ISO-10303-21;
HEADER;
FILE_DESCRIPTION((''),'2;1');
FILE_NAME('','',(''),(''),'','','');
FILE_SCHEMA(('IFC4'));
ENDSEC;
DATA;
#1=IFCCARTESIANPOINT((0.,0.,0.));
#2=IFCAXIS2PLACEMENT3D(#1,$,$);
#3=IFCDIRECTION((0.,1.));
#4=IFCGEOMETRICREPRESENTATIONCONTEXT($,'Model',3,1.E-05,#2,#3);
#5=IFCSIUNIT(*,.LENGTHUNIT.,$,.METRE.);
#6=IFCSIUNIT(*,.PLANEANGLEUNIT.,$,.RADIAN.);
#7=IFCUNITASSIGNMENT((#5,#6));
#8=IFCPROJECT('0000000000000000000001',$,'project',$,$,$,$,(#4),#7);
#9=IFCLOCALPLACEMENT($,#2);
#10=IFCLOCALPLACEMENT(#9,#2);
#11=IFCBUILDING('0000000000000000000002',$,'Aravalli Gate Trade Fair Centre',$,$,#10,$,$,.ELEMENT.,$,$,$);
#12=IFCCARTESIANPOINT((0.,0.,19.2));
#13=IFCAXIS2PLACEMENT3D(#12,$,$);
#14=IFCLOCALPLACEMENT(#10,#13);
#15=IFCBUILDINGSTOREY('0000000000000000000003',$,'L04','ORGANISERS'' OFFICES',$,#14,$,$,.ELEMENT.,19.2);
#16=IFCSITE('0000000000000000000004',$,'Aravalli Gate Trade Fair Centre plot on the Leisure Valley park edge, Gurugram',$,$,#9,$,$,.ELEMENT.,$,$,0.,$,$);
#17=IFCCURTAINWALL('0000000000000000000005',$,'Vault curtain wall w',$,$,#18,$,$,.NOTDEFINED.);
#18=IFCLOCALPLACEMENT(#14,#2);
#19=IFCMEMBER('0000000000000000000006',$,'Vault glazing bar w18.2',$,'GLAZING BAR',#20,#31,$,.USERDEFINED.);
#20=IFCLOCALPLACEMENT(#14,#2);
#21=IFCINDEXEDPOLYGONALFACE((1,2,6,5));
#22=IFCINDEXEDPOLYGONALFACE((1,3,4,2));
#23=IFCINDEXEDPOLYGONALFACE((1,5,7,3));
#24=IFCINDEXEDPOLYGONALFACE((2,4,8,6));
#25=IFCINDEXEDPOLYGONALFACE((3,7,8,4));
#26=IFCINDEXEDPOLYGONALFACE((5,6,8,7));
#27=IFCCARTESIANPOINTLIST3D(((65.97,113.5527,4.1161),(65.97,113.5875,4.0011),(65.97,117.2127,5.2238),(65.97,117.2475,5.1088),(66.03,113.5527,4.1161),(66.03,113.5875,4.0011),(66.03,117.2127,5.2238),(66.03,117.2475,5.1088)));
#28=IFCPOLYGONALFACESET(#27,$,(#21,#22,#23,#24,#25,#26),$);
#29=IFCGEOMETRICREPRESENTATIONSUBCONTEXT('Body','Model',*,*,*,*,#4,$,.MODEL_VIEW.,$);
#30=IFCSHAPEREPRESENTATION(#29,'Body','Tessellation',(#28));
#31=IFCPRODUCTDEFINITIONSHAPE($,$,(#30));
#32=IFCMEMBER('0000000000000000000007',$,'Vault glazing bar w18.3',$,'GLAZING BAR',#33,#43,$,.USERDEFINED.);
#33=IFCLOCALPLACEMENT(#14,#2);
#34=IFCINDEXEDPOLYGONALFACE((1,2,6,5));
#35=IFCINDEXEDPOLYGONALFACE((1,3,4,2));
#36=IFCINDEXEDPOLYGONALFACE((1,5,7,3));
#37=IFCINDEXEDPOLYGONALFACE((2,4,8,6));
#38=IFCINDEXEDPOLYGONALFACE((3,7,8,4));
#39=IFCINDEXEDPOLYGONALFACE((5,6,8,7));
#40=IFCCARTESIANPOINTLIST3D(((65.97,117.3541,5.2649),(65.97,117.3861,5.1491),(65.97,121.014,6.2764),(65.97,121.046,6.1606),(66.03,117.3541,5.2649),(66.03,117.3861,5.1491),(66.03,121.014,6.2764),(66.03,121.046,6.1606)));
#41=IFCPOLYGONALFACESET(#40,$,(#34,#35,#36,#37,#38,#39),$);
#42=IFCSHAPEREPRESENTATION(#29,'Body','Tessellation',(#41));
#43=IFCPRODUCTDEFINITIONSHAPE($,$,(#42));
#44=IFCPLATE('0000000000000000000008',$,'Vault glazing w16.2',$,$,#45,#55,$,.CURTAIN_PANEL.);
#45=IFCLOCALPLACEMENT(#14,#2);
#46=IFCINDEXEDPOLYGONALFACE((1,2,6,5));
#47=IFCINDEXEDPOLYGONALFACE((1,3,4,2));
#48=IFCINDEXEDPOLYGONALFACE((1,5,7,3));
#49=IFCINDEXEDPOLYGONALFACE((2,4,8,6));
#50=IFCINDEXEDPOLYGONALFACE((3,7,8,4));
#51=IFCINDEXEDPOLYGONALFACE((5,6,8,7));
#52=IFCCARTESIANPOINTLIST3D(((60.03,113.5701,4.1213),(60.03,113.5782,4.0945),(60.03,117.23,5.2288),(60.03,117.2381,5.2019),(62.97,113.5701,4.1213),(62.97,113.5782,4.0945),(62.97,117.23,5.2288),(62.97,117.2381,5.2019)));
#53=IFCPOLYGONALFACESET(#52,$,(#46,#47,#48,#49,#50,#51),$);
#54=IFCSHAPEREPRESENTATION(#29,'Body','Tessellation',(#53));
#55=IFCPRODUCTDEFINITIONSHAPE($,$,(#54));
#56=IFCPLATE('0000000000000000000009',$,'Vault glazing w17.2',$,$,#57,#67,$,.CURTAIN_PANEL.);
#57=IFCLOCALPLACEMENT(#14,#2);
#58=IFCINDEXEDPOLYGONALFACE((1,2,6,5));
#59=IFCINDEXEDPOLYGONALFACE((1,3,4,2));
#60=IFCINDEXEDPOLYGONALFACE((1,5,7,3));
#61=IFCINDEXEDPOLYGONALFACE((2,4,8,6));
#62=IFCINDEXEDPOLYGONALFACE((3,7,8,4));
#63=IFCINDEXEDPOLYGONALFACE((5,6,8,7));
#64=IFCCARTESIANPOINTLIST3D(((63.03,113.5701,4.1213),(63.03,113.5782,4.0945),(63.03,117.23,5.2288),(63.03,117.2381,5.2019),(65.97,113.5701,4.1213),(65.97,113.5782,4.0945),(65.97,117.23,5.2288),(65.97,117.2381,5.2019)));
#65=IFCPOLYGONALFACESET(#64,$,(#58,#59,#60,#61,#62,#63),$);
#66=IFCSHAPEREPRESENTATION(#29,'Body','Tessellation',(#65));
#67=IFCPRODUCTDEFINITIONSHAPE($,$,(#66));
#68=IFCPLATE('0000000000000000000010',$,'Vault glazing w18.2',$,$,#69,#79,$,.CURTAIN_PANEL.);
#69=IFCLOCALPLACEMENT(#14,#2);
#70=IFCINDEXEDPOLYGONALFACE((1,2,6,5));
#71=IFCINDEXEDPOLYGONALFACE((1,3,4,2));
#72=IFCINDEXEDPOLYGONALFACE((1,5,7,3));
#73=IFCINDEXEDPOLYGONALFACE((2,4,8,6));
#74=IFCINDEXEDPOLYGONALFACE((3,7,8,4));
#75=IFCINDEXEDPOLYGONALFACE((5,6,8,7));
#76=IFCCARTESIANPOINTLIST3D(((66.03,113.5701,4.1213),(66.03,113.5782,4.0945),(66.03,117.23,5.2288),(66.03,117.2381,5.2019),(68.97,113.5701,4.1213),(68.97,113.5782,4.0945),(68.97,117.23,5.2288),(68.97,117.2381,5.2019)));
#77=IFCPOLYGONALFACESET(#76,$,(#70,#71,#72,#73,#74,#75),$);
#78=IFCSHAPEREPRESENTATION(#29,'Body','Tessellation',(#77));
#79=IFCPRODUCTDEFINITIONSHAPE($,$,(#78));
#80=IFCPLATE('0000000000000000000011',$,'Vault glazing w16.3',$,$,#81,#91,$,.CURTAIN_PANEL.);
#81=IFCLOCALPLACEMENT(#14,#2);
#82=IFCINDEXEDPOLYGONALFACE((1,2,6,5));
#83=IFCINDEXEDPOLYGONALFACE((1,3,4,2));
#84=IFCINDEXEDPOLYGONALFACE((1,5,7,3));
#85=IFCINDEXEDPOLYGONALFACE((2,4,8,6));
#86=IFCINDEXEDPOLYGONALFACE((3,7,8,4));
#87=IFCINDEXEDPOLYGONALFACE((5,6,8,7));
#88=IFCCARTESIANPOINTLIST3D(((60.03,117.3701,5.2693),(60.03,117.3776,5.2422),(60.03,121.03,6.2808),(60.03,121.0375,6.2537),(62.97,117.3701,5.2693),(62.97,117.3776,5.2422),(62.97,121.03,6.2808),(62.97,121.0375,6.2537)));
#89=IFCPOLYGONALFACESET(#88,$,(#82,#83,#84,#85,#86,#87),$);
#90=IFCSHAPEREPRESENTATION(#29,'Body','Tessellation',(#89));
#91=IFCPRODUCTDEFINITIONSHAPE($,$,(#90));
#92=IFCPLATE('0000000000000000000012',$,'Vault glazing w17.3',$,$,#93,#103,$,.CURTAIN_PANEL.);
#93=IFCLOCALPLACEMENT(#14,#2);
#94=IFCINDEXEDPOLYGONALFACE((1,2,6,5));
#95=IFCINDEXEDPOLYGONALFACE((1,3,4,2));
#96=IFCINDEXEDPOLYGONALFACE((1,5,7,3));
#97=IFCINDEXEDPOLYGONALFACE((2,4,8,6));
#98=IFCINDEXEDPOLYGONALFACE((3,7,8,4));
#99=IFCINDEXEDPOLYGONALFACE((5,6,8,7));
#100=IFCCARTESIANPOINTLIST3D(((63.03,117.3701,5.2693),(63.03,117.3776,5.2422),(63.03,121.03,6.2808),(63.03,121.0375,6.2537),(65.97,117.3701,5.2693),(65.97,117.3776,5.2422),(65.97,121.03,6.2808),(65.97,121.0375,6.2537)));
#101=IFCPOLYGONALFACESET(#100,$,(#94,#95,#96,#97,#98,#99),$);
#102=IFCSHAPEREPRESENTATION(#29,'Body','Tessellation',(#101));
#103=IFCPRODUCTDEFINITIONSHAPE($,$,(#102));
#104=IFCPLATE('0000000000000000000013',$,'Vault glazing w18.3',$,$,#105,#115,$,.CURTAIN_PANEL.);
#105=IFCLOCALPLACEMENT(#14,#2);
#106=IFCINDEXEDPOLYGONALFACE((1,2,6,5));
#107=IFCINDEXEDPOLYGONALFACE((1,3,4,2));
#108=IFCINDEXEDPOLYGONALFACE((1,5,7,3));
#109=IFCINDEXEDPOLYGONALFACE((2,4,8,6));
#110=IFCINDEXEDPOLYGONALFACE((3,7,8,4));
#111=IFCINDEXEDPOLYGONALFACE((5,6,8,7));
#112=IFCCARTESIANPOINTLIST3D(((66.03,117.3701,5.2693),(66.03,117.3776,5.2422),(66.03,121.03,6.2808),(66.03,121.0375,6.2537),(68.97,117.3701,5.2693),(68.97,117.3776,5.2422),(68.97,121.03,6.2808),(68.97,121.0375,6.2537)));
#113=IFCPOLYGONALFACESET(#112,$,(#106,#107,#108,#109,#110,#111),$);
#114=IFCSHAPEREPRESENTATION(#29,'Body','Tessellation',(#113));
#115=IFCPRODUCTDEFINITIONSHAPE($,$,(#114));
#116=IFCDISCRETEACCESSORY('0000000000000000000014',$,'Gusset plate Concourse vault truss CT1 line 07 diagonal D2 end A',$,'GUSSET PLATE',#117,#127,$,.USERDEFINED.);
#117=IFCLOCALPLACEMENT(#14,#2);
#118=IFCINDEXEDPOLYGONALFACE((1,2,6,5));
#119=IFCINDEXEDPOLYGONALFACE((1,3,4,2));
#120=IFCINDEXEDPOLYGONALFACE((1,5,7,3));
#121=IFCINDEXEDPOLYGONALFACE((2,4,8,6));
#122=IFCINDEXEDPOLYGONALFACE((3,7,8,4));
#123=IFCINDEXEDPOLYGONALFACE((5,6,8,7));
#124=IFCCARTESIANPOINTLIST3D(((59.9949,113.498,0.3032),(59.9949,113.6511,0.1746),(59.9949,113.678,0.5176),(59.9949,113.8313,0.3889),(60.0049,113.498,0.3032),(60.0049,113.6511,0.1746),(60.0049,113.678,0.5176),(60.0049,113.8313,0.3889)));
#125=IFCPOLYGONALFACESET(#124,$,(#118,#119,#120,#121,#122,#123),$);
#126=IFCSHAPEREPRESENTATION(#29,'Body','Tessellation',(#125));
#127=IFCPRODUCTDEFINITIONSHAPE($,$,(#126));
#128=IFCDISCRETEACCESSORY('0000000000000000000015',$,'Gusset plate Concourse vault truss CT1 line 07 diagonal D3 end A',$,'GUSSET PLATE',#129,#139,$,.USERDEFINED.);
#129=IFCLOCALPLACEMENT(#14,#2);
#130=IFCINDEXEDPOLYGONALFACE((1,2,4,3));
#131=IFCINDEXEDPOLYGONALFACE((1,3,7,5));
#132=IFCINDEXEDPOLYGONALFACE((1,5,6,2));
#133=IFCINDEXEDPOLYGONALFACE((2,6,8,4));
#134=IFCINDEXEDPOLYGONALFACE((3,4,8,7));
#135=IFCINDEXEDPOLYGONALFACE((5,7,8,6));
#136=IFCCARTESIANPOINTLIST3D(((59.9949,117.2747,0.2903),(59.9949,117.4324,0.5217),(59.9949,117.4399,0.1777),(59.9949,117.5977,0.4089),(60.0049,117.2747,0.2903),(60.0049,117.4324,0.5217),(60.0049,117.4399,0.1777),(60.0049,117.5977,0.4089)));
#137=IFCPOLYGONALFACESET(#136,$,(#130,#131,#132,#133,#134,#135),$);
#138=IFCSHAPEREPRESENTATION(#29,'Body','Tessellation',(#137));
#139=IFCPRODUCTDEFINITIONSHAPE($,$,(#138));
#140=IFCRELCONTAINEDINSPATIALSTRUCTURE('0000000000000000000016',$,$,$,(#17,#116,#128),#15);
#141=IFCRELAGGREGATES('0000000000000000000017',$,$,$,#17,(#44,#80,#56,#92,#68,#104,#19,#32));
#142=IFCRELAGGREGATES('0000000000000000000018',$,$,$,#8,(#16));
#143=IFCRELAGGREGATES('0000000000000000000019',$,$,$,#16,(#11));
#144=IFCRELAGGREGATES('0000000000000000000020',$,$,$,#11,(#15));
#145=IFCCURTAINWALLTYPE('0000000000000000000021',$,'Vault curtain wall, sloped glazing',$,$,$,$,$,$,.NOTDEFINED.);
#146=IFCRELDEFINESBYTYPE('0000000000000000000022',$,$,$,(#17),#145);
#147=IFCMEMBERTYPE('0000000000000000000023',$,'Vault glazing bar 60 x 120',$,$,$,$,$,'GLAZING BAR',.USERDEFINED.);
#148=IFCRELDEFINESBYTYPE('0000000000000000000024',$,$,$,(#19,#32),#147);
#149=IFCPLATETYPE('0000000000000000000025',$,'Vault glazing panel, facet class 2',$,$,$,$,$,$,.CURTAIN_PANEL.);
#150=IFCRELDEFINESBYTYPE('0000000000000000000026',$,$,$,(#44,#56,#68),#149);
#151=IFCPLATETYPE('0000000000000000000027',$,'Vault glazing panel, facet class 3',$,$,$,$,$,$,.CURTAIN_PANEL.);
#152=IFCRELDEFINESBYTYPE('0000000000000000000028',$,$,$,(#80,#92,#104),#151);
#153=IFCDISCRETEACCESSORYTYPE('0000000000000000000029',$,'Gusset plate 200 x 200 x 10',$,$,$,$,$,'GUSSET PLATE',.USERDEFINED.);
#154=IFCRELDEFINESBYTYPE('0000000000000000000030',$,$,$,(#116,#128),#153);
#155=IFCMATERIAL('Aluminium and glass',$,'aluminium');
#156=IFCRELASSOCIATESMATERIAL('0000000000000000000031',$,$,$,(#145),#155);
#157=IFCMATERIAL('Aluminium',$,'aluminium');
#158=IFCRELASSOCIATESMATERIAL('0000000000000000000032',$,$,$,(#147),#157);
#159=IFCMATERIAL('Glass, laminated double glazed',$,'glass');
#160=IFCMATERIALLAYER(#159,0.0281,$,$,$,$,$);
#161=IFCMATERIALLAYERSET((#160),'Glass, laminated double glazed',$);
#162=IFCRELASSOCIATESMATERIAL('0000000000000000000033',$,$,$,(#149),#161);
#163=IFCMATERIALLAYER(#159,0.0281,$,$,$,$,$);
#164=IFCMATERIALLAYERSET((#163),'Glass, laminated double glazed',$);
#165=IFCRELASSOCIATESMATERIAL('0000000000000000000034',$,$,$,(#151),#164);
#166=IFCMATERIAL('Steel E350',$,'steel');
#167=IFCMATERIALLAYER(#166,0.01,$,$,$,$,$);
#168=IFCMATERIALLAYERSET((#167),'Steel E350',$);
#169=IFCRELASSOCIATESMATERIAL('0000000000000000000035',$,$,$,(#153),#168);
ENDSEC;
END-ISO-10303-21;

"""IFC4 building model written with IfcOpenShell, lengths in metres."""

from ifc_helpers import new_model, si_unit, direction, frame, origin, origin_2d, place, context, subcontext, project, spatial, polyline, rectangle, outline, extrude, material, layer, layer_set, material_profile, profile_set, type_object, element, aggregate, save


model = new_model("IFC4")

# Units and contexts
model_context = context("Model", 3, precision=1e-05, world=origin(), true_north=direction((0.0, 1.0)))
body_context = subcontext(model_context, "Body", "Model", "MODEL_VIEW")
ifc_project = project(units=[si_unit("LENGTHUNIT", "METRE"), si_unit("PLANEANGLEUNIT", "RADIAN")], contexts=[model_context])

# Site, building, storey
site_placement = place(None, origin())
site = spatial("IfcSite", under=ifc_project, at=site_placement, Name="Aravalli Gate Trade Fair Centre plot on the Leisure Valley park edge, Gurugram", CompositionType="ELEMENT", RefElevation=0.0)
building_placement = place(site_placement, origin())
building = spatial("IfcBuilding", under=site, at=building_placement, Name="Aravalli Gate Trade Fair Centre", CompositionType="ELEMENT")
storey_placement = place(building_placement, frame((0.0, 0.0, 19.2)))
storey = spatial("IfcBuildingStorey", under=building, at=storey_placement, Name="L04", Description="ORGANISERS' OFFICES", CompositionType="ELEMENT", Elevation=19.2)

# Shared definitions
ifc_material_1 = material(Name="Steel E350", Category="steel")
ifc_material_2 = material(Name="Aluminium", Category="aluminium")

# Curtain wall, members, plates
ifc_material_3 = material(Name="Aluminium and glass", Category="aluminium")
curtain_wall_type = type_object("IfcCurtainWallType", Name="Vault curtain wall, sloped glazing", PredefinedType="NOTDEFINED", material=ifc_material_3)
curtain_wall_placement = place(storey_placement, origin())
curtain_wall = element("IfcCurtainWall", 1, at=curtain_wall_placement, inside=storey, type_object=curtain_wall_type, Name="Vault curtain wall w", PredefinedType="NOTDEFINED")
ifc_material_profile_1 = material_profile(ifc_material_2, rectangle(XDim=0.0601, YDim=0.1201, at=origin_2d()), Name="Vault glazing bar 60 x 120")
ifc_profile_set_1 = profile_set([ifc_material_profile_1], Name="Aluminium")
member_type_1 = type_object("IfcMemberType", Name="Vault glazing bar 60 x 120", ElementType="GLAZING BAR", PredefinedType="USERDEFINED", material=ifc_profile_set_1)
member_1_placement = place(storey_placement, frame((66.0, 113.5701, 4.0586), z_axis=(0.0, 0.957126, 0.289672), x_axis=(-1.0, 0.0, 0.0)))
member_1 = element("IfcMember", 2, at=member_1_placement, type_object=member_type_1, Name="Vault glazing bar w18.2", ObjectType="GLAZING BAR", PredefinedType="USERDEFINED", context=body_context, shape_type="SweptSolid", body=[
    extrude(rectangle(XDim=0.0601, YDim=0.1201, at=origin_2d()), origin(), (0.0, 0.0, 1.0), 3.824),
])
member_2_placement = place(storey_placement, frame((66.0, 117.3701, 5.207), z_axis=(0.0, 0.963868, 0.26638), x_axis=(-1.0, 0.0, 0.0)))
member_2 = element("IfcMember", 3, at=member_2_placement, type_object=member_type_1, Name="Vault glazing bar w18.3", ObjectType="GLAZING BAR", PredefinedType="USERDEFINED", context=body_context, shape_type="SweptSolid", body=[
    extrude(rectangle(XDim=0.0601, YDim=0.1201, at=origin_2d()), origin(), (0.0, 0.0, 1.0), 3.7971),
])
ifc_material_4 = material(Name="Glass, laminated double glazed", Category="glass")
ifc_layer_1 = layer(ifc_material_4, 0.0281)
ifc_layer_set_1 = layer_set([ifc_layer_1], Name="Glass, laminated double glazed")
plate_type_1 = type_object("IfcPlateType", Name="Vault glazing panel, facet class 2", PredefinedType="CURTAIN_PANEL", material=ifc_layer_set_1)
plate_1_placement = place(storey_placement, frame((60.03, 113.5701, 4.1213), z_axis=(0.0, -0.289614, 0.957144), x_axis=(1.0, 0.0, 0.0)))
plate_1 = element("IfcPlate", 4, at=plate_1_placement, type_object=plate_type_1, Name="Vault glazing w16.2", PredefinedType="CURTAIN_PANEL", context=body_context, shape_type="SweptSolid", body=[
    extrude(outline(polyline([(0.0, 0.0), (2.9399, 0.0), (2.9399, 3.8238), (0.0, 3.8238), (0.0, 0.0)])), origin(), (0.0, 0.0, -1.0), 0.0281),
])
plate_2_placement = place(storey_placement, frame((63.03, 113.5701, 4.1213), z_axis=(0.0, -0.289614, 0.957144), x_axis=(1.0, 0.0, 0.0)))
plate_2 = element("IfcPlate", 5, at=plate_2_placement, type_object=plate_type_1, Name="Vault glazing w17.2", PredefinedType="CURTAIN_PANEL", context=body_context, shape_type="SweptSolid", body=[
    extrude(outline(polyline([(0.0, 0.0), (2.9399, 0.0), (2.9399, 3.8238), (0.0, 3.8238), (0.0, 0.0)])), origin(), (0.0, 0.0, -1.0), 0.0281),
])
plate_3_placement = place(storey_placement, frame((66.03, 113.5701, 4.1213), z_axis=(0.0, -0.289614, 0.957144), x_axis=(1.0, 0.0, 0.0)))
plate_3 = element("IfcPlate", 6, at=plate_3_placement, type_object=plate_type_1, Name="Vault glazing w18.2", PredefinedType="CURTAIN_PANEL", context=body_context, shape_type="SweptSolid", body=[
    extrude(outline(polyline([(0.0, 0.0), (2.9399, 0.0), (2.9399, 3.8238), (0.0, 3.8238), (0.0, 0.0)])), origin(), (0.0, 0.0, -1.0), 0.0281),
])
ifc_layer_2 = layer(ifc_material_4, 0.0281)
ifc_layer_set_2 = layer_set([ifc_layer_2], Name="Glass, laminated double glazed")
plate_type_2 = type_object("IfcPlateType", Name="Vault glazing panel, facet class 3", PredefinedType="CURTAIN_PANEL", material=ifc_layer_set_2)
plate_4_placement = place(storey_placement, frame((60.03, 117.3701, 5.2693), z_axis=(0.0, -0.26638, 0.963868), x_axis=(1.0, 0.0, 0.0)))
plate_4 = element("IfcPlate", 7, at=plate_4_placement, type_object=plate_type_2, Name="Vault glazing w16.3", PredefinedType="CURTAIN_PANEL", context=body_context, shape_type="SweptSolid", body=[
    extrude(outline(polyline([(0.0, 0.0), (2.9399, 0.0), (2.9399, 3.7971), (0.0, 3.7971), (0.0, 0.0)])), origin(), (0.0, 0.0, -1.0), 0.0281),
])
plate_5_placement = place(storey_placement, frame((63.03, 117.3701, 5.2693), z_axis=(0.0, -0.26638, 0.963868), x_axis=(1.0, 0.0, 0.0)))
plate_5 = element("IfcPlate", 8, at=plate_5_placement, type_object=plate_type_2, Name="Vault glazing w17.3", PredefinedType="CURTAIN_PANEL", context=body_context, shape_type="SweptSolid", body=[
    extrude(outline(polyline([(0.0, 0.0), (2.9399, 0.0), (2.9399, 3.7971), (0.0, 3.7971), (0.0, 0.0)])), origin(), (0.0, 0.0, -1.0), 0.0281),
])
plate_6_placement = place(storey_placement, frame((66.03, 117.3701, 5.2693), z_axis=(0.0, -0.26638, 0.963868), x_axis=(1.0, 0.0, 0.0)))
plate_6 = element("IfcPlate", 9, at=plate_6_placement, type_object=plate_type_2, Name="Vault glazing w18.3", PredefinedType="CURTAIN_PANEL", context=body_context, shape_type="SweptSolid", body=[
    extrude(outline(polyline([(0.0, 0.0), (2.9399, 0.0), (2.9399, 3.7971), (0.0, 3.7971), (0.0, 0.0)])), origin(), (0.0, 0.0, -1.0), 0.0281),
])
aggregate(curtain_wall, [plate_1, plate_4, plate_2, plate_5, plate_3, plate_6, member_1, member_2])

# Discrete accessories
ifc_layer_3 = layer(ifc_material_1, 0.01)
ifc_layer_set_3 = layer_set([ifc_layer_3], Name="Steel E350")
discrete_accessory_type = type_object("IfcDiscreteAccessoryType", Name="Gusset plate 200 x 200 x 10", ElementType="GUSSET PLATE", PredefinedType="USERDEFINED", material=ifc_layer_set_3)
discrete_accessory_1_placement = place(storey_placement, frame((60.0049, 113.678, 0.5176), z_axis=(1.0, 0.0, 0.0), x_axis=(0.0, -0.642926, -0.765928)))
element("IfcDiscreteAccessory", 10, at=discrete_accessory_1_placement, inside=storey, type_object=discrete_accessory_type, Name="Gusset plate Concourse vault truss CT1 line 07 diagonal D2 end A", ObjectType="GUSSET PLATE", PredefinedType="USERDEFINED", context=body_context, shape_type="SweptSolid", body=[
    extrude(outline(polyline([(0.0, 0.0), (0.2799, 0.0), (0.28, 0.2), (0.0, 0.2002), (0.0, 0.0)])), origin(), (0.0, 0.0, -1.0), 0.01),
])
discrete_accessory_2_placement = place(storey_placement, frame((60.0049, 117.4324, 0.5217), z_axis=(1.0, 0.0, 0.0), x_axis=(0.0, -0.56312, -0.826375)))
element("IfcDiscreteAccessory", 11, at=discrete_accessory_2_placement, inside=storey, type_object=discrete_accessory_type, Name="Gusset plate Concourse vault truss CT1 line 07 diagonal D3 end A", ObjectType="GUSSET PLATE", PredefinedType="USERDEFINED", context=body_context, shape_type="SweptSolid", body=[
    extrude(outline(polyline([(0.0, 0.0), (0.2801, 0.0), (0.28, 0.2), (0.0001, 0.2001), (0.0, 0.0)])), origin(), (0.0, 0.0, -1.0), 0.01),
])

save(model, "model.ifc")
